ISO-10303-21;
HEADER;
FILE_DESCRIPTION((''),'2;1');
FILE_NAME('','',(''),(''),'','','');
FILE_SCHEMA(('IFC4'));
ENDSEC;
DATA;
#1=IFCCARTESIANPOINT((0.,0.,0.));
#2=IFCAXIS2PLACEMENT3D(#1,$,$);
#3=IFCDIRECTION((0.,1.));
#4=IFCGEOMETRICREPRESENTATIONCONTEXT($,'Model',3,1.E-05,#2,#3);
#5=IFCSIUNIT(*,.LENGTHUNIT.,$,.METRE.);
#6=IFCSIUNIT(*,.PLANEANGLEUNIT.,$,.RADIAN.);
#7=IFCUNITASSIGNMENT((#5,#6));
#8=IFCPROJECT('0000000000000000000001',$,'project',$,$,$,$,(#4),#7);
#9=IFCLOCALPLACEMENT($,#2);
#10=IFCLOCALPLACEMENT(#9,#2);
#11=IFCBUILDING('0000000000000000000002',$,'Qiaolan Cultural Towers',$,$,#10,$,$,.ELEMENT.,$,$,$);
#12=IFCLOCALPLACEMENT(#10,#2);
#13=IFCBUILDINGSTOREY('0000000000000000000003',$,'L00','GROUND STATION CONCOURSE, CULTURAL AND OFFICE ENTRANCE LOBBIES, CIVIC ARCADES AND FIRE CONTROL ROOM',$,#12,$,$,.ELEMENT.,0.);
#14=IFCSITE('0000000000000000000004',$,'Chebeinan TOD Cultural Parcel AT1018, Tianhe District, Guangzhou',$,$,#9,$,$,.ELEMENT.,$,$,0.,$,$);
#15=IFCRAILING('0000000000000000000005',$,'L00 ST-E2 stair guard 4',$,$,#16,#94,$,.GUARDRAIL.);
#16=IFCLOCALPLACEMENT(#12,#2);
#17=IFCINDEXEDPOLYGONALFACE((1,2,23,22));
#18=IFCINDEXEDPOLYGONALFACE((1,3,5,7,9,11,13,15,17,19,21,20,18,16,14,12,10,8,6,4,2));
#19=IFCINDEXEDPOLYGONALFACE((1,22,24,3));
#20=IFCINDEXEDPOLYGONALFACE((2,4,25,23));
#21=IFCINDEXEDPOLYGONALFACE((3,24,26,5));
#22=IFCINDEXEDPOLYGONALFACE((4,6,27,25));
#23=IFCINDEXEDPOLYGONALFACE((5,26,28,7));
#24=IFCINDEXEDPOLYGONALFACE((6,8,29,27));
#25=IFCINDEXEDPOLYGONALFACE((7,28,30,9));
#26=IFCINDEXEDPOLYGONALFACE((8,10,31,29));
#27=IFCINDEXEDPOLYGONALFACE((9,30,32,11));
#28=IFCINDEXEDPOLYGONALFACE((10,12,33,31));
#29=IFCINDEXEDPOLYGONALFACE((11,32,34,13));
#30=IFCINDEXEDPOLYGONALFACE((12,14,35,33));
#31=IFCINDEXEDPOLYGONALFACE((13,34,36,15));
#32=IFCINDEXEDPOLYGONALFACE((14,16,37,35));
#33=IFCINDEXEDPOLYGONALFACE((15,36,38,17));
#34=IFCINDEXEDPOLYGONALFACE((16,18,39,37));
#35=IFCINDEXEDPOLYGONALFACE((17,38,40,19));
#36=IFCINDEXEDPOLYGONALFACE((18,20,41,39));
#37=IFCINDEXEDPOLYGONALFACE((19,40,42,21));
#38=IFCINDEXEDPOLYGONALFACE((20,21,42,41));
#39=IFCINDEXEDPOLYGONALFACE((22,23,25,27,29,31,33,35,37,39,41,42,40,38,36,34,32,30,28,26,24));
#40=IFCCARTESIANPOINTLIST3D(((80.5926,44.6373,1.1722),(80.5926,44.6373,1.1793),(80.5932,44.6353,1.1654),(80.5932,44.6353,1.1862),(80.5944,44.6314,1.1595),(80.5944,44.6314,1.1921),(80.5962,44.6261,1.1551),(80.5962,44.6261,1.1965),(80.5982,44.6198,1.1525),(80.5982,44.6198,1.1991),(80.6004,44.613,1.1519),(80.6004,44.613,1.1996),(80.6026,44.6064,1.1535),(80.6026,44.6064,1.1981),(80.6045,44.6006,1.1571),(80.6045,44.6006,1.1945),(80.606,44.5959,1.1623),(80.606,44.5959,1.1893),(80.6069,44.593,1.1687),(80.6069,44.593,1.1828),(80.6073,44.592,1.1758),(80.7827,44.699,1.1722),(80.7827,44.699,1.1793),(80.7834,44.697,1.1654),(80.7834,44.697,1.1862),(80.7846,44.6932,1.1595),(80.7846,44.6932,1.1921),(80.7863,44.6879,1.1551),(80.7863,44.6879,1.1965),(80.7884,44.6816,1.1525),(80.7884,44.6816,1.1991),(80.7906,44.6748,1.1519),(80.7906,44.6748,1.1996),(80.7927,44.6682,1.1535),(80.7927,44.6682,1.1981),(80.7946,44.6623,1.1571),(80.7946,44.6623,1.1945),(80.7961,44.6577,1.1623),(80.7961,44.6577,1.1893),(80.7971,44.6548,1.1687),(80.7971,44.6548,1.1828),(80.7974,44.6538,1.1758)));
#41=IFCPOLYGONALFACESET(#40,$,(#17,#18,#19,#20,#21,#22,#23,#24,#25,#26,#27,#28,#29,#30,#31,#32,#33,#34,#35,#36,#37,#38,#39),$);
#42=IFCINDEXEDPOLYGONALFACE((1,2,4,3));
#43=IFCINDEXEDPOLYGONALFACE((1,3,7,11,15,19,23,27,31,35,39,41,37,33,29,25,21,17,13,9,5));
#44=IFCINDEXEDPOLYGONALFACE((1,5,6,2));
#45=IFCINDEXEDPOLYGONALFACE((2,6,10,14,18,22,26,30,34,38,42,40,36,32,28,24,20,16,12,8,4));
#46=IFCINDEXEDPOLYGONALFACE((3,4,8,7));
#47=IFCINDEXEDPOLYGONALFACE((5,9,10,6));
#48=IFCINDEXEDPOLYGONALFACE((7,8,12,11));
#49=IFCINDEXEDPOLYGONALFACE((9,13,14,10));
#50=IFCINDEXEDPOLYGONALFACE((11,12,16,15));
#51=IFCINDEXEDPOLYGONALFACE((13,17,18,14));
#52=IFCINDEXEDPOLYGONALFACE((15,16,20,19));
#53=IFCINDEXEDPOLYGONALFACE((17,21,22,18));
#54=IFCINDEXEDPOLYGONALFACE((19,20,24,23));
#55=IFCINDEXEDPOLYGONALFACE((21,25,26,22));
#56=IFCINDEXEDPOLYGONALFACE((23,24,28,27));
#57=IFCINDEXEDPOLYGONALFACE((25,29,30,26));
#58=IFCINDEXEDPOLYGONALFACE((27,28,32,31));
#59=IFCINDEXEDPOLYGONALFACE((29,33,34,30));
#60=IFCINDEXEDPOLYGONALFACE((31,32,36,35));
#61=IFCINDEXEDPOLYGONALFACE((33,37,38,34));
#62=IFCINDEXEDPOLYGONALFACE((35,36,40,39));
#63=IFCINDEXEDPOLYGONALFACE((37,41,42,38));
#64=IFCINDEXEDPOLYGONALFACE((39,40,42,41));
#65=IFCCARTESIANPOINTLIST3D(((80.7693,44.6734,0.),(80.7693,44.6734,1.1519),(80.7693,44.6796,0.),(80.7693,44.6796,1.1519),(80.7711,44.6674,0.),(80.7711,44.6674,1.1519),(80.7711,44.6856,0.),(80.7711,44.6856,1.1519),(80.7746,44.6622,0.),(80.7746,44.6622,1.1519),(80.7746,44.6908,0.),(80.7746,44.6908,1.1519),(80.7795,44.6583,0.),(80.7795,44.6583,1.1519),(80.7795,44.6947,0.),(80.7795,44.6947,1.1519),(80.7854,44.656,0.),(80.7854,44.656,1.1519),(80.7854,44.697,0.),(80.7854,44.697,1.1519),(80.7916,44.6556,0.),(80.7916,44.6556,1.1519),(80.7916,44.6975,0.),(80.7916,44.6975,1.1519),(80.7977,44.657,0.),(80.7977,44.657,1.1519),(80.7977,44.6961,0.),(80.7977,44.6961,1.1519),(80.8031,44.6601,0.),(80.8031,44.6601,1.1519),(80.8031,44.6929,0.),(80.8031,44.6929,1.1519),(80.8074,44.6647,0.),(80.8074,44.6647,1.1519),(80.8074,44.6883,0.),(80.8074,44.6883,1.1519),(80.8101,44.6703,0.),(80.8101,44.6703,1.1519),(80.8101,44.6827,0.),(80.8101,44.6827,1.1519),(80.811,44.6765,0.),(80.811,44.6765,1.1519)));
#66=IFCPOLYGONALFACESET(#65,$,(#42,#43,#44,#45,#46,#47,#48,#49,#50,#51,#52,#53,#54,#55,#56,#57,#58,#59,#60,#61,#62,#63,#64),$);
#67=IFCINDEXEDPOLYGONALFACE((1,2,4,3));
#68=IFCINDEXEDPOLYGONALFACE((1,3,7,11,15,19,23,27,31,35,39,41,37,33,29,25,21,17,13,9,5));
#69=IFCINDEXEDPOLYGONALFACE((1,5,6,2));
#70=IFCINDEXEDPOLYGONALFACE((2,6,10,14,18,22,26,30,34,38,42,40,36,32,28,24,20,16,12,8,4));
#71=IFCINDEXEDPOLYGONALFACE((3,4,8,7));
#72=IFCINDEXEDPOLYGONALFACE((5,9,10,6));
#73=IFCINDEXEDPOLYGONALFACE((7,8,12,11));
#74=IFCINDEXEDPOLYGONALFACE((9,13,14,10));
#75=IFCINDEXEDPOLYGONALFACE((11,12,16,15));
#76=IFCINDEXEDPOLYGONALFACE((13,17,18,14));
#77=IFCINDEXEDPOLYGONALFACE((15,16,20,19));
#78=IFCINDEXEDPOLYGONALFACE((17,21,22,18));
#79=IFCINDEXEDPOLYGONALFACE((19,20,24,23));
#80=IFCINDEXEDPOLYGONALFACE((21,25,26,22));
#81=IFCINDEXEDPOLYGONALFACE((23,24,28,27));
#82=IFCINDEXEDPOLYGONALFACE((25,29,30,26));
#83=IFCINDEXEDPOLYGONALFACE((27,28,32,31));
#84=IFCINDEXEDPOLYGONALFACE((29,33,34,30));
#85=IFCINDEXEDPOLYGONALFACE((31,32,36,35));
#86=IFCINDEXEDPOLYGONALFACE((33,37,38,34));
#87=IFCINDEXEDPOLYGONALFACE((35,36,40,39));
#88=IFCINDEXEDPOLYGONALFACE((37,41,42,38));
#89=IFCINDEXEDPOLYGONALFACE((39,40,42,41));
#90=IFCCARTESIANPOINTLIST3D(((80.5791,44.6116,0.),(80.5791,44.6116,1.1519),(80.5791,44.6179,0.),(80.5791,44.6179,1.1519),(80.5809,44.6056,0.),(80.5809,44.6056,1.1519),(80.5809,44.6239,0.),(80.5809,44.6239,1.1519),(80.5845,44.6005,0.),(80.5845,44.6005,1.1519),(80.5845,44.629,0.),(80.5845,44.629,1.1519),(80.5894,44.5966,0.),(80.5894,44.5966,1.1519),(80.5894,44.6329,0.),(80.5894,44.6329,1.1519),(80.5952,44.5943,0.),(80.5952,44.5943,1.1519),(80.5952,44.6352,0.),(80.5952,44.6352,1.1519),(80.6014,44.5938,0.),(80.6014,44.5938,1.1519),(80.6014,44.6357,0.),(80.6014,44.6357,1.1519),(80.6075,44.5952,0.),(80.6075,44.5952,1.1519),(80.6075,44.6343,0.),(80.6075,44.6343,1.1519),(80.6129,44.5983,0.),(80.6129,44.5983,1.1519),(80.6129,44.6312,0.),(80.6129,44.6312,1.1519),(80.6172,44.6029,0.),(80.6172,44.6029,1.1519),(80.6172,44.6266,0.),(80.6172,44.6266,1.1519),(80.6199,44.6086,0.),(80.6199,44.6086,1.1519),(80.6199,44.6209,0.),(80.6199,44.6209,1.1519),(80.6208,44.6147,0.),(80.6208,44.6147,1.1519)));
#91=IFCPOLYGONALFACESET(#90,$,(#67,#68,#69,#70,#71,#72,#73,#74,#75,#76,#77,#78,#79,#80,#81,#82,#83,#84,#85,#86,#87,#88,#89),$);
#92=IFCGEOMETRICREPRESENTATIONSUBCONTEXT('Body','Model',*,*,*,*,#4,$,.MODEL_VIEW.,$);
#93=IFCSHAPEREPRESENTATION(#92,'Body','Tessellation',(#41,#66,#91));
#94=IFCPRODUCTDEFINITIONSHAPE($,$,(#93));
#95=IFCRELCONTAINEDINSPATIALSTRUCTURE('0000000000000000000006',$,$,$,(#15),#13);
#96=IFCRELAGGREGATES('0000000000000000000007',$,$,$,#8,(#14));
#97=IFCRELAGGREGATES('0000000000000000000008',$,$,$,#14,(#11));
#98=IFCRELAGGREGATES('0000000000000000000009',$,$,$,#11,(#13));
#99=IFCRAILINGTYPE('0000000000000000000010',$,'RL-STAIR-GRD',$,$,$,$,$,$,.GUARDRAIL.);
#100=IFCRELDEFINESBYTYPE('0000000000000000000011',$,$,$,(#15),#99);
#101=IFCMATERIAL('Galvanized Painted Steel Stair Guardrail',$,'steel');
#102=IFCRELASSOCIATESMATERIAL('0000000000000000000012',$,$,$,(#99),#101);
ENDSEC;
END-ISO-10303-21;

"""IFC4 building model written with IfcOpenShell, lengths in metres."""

from ifc_helpers import new_model, si_unit, direction, frame, origin, origin_2d, place, context, subcontext, project, spatial, circle, extrude, material, type_object, element, save


model = new_model("IFC4")

# Units and contexts
model_context = context("Model", 3, precision=1e-05, world=origin(), true_north=direction((0.0, 1.0)))
body_context = subcontext(model_context, "Body", "Model", "MODEL_VIEW")
ifc_project = project(units=[si_unit("LENGTHUNIT", "METRE"), si_unit("PLANEANGLEUNIT", "RADIAN")], contexts=[model_context])

# Site, building, storey
site_placement = place(None, origin())
site = spatial("IfcSite", under=ifc_project, at=site_placement, Name="Chebeinan TOD Cultural Parcel AT1018, Tianhe District, Guangzhou", CompositionType="ELEMENT", RefElevation=0.0)
building_placement = place(site_placement, origin())
building = spatial("IfcBuilding", under=site, at=building_placement, Name="Qiaolan Cultural Towers", CompositionType="ELEMENT")
storey_placement = place(building_placement, origin())
storey = spatial("IfcBuildingStorey", under=building, at=storey_placement, Name="L00", Description="GROUND STATION CONCOURSE, CULTURAL AND OFFICE ENTRANCE LOBBIES, CIVIC ARCADES AND FIRE CONTROL ROOM", CompositionType="ELEMENT", Elevation=0.0)

# Railing
ifc_material_1 = material(Name="Galvanized Painted Steel Stair Guardrail", Category="steel")
railing_type_1 = type_object("IfcRailingType", Name="RL-STAIR-GRD", PredefinedType="GUARDRAIL", material=ifc_material_1)
railing_1_placement = place(storey_placement, frame((80.79, 44.6765, 0.0)))
element("IfcRailing", 1, at=railing_1_placement, inside=storey, type_object=railing_type_1, Name="L00 ST-E2 stair guard 4", PredefinedType="GUARDRAIL", context=body_context, shape_type="SweptSolid", body=[
    extrude(circle(Radius=0.0239, at=origin_2d()), frame((0.0, 0.0, 1.1758), z_axis=(-0.951097, -0.308893, 0.0), x_axis=(0.308893, -0.951097, 0.0)), (0.0, 0.0, 1.0), 0.2),
    extrude(circle(Radius=0.021, at=origin_2d()), origin(), (0.0, 0.0, 1.0), 1.1519),
    extrude(circle(Radius=0.021, at=origin_2d()), frame((-0.1902, -0.0618, 0.0)), (0.0, 0.0, 1.0), 1.1519),
])

save(model, "model.ifc")
